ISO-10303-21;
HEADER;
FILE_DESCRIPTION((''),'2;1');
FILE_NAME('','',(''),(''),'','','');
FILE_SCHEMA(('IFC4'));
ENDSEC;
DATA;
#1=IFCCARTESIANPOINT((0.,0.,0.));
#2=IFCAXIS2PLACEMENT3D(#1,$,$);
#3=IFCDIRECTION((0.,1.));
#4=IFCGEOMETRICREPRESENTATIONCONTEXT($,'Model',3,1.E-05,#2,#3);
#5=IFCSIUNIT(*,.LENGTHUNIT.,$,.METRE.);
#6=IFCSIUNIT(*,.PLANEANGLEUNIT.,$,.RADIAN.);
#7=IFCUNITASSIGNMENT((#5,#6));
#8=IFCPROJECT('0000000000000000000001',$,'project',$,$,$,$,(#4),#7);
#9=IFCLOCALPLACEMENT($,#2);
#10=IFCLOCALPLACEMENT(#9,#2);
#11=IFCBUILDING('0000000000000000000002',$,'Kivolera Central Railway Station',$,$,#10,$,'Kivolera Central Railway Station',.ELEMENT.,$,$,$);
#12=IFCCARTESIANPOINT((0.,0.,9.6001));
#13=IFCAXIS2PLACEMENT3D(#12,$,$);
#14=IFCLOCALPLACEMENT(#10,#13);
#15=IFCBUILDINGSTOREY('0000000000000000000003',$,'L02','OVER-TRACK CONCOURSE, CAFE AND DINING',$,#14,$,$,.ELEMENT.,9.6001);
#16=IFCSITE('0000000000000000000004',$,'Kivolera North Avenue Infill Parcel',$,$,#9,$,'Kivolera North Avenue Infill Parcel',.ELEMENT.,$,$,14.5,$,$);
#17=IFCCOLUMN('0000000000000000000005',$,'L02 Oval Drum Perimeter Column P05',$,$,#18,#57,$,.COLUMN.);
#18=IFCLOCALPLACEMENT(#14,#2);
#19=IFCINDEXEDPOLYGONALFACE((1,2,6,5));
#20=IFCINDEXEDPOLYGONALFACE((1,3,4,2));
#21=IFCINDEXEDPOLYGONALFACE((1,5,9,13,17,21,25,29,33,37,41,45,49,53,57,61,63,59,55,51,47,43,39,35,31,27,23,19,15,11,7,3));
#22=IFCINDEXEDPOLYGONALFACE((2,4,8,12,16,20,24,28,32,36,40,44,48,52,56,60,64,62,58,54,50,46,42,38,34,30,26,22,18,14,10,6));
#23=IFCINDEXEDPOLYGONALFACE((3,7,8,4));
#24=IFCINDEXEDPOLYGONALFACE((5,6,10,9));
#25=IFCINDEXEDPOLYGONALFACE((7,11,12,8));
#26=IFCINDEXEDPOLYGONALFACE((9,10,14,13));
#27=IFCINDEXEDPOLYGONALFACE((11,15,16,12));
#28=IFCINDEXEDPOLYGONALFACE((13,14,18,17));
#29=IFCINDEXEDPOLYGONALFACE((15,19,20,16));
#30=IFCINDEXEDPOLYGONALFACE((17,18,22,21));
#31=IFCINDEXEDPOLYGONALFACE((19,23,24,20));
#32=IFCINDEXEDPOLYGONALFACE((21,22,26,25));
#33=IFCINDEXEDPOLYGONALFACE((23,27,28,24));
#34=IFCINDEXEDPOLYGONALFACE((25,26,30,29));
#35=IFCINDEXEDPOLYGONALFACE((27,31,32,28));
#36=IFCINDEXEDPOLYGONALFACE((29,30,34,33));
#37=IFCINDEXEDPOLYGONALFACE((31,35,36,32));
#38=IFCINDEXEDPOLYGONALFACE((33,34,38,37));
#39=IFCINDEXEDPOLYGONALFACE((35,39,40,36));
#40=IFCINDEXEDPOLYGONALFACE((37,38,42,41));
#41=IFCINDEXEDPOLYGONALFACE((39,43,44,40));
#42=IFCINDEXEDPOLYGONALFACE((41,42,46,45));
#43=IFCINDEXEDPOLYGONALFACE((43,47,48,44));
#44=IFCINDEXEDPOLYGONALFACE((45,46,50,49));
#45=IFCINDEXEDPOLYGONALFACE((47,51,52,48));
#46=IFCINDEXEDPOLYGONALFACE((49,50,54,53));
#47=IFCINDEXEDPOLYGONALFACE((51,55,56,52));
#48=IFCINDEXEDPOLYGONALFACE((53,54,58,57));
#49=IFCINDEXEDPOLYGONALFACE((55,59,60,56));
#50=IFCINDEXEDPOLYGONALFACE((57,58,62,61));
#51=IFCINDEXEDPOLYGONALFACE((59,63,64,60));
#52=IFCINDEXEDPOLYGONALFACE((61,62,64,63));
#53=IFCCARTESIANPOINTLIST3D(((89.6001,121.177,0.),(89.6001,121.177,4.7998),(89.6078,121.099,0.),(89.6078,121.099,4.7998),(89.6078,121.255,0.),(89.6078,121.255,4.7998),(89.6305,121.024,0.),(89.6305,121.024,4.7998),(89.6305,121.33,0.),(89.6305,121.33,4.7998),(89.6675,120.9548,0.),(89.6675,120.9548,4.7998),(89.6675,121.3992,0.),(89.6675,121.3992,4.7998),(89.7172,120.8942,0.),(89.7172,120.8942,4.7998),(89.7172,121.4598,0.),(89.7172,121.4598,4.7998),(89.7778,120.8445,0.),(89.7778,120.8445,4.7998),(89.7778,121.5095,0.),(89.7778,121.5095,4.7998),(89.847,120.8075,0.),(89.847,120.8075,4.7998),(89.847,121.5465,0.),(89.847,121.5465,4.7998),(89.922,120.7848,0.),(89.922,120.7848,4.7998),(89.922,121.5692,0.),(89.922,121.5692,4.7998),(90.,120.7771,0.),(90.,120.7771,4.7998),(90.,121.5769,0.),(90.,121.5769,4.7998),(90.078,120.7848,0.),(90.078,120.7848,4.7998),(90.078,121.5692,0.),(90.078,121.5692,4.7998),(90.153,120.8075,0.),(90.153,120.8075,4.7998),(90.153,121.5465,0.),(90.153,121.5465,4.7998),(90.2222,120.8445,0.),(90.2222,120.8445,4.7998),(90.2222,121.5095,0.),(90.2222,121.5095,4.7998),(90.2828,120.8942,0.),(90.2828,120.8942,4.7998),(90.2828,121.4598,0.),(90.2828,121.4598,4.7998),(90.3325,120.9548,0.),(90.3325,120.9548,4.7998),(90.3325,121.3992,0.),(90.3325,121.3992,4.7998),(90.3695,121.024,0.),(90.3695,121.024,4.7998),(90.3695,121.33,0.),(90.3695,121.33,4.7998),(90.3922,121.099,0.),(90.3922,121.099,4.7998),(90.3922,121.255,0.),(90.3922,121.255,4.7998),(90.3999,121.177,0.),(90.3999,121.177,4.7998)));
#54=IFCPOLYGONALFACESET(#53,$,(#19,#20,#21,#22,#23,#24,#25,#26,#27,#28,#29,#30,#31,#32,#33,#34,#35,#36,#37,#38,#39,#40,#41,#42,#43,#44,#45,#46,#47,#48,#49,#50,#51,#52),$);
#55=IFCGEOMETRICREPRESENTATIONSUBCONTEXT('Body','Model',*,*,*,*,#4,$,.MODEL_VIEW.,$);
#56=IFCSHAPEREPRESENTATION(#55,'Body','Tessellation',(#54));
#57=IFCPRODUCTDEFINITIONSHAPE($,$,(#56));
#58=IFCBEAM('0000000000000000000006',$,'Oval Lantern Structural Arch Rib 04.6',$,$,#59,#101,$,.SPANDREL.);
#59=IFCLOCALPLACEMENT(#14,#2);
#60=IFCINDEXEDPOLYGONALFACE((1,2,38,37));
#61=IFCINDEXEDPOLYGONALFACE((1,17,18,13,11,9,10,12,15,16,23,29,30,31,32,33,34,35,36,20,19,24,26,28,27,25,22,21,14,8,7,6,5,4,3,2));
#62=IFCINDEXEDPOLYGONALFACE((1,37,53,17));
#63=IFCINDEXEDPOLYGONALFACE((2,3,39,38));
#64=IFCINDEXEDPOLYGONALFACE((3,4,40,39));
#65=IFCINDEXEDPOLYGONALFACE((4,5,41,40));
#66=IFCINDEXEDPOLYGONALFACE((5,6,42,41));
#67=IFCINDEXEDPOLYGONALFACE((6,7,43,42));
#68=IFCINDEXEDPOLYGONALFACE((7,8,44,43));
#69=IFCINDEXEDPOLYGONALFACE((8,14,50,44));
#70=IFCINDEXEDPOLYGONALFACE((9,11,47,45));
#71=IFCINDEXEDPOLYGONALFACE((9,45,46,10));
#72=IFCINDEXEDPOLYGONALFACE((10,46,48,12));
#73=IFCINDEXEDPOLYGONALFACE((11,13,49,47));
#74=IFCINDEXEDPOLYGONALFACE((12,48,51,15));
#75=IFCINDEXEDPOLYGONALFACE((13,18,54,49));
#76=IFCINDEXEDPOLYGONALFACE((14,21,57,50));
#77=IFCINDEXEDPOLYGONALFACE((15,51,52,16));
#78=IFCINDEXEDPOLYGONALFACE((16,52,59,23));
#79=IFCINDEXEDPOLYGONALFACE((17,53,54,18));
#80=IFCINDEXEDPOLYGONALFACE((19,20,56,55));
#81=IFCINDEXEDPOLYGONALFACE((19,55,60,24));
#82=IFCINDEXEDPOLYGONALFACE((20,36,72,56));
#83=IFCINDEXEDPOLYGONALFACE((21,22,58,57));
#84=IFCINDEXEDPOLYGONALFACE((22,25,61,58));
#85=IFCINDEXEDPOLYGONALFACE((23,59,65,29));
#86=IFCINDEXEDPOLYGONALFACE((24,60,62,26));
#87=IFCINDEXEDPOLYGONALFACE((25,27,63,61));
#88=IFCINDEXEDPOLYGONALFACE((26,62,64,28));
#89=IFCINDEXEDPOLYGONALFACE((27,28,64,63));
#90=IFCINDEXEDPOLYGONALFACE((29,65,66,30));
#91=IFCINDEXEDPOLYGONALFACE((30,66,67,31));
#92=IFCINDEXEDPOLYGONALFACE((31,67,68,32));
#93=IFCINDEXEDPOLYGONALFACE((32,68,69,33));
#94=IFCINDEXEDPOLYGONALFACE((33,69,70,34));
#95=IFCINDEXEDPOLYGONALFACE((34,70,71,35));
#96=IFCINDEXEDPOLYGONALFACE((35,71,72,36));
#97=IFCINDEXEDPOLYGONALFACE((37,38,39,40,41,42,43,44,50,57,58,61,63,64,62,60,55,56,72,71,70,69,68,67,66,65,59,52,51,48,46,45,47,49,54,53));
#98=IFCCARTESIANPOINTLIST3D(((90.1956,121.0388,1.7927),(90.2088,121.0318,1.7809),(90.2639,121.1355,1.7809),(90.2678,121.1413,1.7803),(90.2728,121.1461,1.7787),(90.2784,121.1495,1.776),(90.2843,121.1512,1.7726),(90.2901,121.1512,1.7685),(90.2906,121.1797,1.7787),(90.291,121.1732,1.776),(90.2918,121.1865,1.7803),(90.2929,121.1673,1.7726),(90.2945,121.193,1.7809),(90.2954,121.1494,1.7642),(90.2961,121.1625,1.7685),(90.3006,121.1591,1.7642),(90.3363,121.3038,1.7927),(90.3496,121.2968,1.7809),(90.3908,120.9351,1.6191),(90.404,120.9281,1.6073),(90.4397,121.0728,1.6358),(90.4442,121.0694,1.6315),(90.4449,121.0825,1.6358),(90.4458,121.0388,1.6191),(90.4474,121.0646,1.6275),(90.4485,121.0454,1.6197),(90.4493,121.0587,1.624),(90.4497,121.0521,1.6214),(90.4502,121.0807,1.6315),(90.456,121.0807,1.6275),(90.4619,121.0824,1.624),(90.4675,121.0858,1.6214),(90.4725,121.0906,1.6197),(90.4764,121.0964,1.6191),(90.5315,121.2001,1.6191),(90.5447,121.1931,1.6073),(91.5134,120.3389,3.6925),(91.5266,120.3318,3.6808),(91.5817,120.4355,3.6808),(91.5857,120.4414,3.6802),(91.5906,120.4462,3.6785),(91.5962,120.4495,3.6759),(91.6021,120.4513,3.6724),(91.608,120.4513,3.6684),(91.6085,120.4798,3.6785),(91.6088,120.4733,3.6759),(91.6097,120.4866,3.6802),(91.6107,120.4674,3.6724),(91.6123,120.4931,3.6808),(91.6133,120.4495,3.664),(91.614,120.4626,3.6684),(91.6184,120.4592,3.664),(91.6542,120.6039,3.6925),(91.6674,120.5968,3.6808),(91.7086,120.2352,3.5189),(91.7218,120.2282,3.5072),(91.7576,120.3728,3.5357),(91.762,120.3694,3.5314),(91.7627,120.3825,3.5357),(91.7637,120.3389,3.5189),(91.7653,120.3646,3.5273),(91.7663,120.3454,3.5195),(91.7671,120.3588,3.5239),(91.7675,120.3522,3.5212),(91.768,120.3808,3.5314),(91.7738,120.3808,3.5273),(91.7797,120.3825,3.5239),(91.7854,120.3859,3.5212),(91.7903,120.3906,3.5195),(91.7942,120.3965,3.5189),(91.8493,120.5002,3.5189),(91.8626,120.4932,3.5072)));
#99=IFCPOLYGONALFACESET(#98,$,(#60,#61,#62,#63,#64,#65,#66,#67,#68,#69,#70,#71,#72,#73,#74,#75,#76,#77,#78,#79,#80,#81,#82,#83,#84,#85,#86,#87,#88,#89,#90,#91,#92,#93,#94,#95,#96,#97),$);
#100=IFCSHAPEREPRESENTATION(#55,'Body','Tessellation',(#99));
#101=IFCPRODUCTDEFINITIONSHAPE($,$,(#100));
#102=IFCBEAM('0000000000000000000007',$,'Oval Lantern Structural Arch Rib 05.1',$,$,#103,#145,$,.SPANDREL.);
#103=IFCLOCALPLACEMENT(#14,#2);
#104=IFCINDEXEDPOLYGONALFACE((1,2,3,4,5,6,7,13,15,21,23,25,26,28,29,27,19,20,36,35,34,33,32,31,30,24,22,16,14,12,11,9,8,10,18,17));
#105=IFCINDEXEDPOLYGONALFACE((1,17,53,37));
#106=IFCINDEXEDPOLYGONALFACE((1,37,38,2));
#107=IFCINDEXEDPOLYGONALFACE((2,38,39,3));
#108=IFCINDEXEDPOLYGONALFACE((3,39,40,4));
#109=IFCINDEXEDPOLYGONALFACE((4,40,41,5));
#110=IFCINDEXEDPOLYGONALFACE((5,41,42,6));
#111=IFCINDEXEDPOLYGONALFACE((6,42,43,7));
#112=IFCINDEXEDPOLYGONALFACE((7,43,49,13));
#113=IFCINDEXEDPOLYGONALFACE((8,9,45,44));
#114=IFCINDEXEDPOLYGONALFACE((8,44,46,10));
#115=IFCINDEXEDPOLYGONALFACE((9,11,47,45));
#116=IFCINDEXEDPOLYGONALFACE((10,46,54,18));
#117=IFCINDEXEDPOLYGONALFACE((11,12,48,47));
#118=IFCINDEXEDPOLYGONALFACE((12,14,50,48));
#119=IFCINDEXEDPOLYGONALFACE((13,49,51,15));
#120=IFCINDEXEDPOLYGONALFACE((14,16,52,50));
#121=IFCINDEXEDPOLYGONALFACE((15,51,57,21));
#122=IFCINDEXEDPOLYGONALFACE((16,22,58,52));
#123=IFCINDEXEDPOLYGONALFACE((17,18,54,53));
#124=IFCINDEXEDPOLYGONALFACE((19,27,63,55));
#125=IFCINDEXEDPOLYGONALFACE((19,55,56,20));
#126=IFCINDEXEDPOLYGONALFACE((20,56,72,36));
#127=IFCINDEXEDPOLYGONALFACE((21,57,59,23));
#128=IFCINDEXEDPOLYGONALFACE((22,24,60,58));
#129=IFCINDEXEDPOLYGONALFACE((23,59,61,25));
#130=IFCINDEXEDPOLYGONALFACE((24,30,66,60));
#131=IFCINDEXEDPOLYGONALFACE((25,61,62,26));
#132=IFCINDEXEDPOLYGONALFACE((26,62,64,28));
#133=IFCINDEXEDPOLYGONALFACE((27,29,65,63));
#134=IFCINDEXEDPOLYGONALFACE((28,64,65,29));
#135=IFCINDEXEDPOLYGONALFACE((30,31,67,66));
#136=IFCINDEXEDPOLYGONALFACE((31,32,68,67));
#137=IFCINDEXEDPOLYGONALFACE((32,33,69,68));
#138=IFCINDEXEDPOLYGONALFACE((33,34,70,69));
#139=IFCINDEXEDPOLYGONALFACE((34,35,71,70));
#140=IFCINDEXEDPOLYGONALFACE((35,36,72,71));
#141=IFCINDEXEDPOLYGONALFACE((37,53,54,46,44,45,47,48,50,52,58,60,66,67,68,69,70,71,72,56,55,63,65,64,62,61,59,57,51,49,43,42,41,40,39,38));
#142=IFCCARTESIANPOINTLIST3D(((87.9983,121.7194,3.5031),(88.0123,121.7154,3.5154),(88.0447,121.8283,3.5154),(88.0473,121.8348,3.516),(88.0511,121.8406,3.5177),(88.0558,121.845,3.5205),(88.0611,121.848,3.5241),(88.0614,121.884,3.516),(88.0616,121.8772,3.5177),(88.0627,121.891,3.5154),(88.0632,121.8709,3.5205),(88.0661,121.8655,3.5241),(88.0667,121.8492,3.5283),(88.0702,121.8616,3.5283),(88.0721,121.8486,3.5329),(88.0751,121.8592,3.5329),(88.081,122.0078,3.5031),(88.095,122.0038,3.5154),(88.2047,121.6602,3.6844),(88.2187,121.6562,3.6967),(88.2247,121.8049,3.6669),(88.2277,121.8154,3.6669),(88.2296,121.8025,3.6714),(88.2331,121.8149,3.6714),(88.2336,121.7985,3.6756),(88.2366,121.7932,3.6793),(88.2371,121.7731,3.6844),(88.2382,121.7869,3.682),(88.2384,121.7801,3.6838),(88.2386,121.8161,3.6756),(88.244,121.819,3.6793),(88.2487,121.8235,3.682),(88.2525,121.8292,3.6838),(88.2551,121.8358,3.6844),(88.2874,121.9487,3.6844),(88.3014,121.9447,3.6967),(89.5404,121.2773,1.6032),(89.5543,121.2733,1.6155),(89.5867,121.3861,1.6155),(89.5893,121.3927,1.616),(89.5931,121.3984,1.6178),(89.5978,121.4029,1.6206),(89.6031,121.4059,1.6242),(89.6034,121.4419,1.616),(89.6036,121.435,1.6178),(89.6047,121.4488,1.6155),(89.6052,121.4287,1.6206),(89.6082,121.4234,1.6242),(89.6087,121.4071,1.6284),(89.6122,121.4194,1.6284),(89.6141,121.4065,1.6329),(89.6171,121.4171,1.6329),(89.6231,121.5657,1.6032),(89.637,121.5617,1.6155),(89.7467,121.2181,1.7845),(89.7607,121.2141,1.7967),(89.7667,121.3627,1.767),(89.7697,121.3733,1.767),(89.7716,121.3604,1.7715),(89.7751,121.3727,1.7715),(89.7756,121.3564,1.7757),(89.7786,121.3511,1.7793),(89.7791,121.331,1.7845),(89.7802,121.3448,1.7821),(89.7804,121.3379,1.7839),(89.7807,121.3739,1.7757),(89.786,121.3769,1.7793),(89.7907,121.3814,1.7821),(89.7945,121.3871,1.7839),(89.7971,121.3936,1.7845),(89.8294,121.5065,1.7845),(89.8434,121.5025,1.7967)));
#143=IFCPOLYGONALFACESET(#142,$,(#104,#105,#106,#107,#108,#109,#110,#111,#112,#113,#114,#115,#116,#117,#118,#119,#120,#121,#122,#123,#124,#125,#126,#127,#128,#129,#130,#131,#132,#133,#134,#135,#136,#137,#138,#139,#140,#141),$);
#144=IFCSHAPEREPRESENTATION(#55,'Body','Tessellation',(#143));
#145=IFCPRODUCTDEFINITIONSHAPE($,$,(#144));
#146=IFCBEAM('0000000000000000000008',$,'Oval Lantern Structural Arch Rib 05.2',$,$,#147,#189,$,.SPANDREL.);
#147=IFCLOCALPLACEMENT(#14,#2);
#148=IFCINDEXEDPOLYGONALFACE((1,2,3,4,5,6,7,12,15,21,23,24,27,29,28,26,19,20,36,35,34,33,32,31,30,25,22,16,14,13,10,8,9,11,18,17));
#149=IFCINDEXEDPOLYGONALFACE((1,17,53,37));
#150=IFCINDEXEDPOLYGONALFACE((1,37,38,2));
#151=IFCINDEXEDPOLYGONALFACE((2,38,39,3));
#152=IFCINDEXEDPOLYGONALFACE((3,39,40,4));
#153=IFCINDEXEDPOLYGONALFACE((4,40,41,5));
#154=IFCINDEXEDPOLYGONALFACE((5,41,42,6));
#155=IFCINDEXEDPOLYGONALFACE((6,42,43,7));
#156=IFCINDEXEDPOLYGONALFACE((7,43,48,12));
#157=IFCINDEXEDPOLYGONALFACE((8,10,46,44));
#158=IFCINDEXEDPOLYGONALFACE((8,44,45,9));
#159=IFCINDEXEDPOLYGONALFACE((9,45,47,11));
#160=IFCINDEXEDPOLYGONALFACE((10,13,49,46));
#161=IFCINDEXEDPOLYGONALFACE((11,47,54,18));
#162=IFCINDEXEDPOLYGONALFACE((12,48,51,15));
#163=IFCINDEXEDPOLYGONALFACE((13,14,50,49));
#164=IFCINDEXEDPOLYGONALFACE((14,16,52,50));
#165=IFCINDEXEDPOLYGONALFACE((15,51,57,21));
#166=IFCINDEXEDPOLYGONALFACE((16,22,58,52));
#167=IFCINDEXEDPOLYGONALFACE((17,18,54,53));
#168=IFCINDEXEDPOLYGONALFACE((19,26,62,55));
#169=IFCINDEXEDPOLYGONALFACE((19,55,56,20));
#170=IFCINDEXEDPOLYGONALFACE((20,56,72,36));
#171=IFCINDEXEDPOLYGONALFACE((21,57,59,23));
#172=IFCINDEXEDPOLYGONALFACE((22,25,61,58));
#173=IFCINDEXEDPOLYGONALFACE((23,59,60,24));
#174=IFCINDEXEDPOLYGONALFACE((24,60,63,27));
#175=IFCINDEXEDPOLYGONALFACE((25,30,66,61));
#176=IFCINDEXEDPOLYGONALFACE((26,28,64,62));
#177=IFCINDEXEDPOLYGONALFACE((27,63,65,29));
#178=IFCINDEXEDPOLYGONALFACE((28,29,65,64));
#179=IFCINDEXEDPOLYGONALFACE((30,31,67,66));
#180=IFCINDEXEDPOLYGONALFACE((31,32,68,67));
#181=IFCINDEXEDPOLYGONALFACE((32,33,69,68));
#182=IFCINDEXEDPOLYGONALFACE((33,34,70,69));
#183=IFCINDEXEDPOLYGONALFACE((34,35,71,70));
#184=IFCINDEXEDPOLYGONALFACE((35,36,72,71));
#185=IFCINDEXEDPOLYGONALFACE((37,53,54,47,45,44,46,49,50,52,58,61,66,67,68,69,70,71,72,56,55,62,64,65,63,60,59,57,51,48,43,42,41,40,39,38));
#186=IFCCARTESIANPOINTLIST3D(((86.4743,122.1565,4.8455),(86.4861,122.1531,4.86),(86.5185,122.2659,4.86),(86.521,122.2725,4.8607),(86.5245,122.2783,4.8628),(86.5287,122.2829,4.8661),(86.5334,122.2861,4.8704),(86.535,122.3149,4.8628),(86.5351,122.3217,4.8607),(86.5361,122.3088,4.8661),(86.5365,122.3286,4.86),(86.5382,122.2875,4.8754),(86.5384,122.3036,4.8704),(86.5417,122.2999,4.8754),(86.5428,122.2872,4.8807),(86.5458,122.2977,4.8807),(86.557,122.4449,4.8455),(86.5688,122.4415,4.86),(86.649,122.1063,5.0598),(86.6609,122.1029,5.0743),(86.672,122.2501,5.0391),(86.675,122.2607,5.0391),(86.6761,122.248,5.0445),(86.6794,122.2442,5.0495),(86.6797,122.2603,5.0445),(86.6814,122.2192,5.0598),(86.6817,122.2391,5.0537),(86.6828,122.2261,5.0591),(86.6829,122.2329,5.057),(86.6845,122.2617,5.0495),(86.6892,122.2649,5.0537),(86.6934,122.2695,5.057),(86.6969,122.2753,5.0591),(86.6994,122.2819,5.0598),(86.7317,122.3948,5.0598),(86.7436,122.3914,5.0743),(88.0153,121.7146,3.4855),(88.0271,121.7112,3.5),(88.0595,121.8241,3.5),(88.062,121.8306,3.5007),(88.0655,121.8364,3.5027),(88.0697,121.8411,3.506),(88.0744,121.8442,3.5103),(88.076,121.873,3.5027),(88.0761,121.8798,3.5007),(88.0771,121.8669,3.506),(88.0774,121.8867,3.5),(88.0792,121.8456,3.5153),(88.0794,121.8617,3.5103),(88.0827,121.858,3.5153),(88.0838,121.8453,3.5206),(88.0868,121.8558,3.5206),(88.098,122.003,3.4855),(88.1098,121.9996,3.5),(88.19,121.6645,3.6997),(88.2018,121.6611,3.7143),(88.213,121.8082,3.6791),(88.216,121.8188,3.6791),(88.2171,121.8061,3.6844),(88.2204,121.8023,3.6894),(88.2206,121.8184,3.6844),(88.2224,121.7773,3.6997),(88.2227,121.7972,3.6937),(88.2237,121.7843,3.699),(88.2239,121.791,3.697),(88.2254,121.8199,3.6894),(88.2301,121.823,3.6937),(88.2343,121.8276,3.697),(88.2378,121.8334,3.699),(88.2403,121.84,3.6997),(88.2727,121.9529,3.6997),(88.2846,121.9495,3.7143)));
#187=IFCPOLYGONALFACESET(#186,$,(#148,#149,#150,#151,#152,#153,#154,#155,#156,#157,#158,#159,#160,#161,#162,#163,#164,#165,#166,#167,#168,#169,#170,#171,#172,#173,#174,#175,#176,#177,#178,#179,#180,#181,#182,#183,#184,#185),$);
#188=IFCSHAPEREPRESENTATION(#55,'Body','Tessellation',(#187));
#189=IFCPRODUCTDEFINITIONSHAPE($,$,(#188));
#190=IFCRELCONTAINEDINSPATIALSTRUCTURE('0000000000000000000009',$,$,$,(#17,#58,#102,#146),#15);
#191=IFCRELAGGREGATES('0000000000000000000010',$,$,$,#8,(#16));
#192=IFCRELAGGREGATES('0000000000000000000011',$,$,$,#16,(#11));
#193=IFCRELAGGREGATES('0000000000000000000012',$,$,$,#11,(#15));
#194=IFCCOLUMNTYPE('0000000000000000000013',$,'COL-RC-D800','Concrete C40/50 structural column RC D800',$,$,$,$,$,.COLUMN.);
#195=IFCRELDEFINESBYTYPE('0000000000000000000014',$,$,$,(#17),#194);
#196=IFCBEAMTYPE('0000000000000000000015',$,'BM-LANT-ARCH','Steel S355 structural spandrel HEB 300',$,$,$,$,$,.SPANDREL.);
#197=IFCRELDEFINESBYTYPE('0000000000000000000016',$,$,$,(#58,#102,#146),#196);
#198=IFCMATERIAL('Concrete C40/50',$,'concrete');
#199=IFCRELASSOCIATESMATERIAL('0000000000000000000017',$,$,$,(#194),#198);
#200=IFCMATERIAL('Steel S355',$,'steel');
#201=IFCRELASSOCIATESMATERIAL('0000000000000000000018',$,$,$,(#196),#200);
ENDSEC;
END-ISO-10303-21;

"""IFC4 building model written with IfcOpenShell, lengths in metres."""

from ifc_helpers import new_model, si_unit, direction, frame, origin, origin_2d, place, context, subcontext, project, spatial, circle, i_section, extrude, material, material_profile, profile_set, type_object, element, save


model = new_model("IFC4")

# Units and contexts
model_context = context("Model", 3, precision=1e-05, world=origin(), true_north=direction((0.0, 1.0)))
body_context = subcontext(model_context, "Body", "Model", "MODEL_VIEW")
ifc_project = project(units=[si_unit("LENGTHUNIT", "METRE"), si_unit("PLANEANGLEUNIT", "RADIAN")], contexts=[model_context])

# Site, building, storey
site_placement = place(None, origin())
site = spatial("IfcSite", under=ifc_project, at=site_placement, Name="Kivolera North Avenue Infill Parcel", LongName="Kivolera North Avenue Infill Parcel", CompositionType="ELEMENT", RefElevation=14.5)
building_placement = place(site_placement, origin())
building = spatial("IfcBuilding", under=site, at=building_placement, Name="Kivolera Central Railway Station", LongName="Kivolera Central Railway Station", CompositionType="ELEMENT")
storey_placement = place(building_placement, frame((0.0, 0.0, 9.6001)))
storey = spatial("IfcBuildingStorey", under=building, at=storey_placement, Name="L02", Description="OVER-TRACK CONCOURSE, CAFE AND DINING", CompositionType="ELEMENT", Elevation=9.6001)

# Column
ifc_material_1 = material(Name="Concrete C40/50", Category="concrete")
ifc_material_profile_1 = material_profile(ifc_material_1, circle(Radius=0.3999, at=origin_2d()), Name="RC D800")
ifc_profile_set_1 = profile_set([ifc_material_profile_1], Name="Concrete C40/50")
column_type = type_object("IfcColumnType", Name="COL-RC-D800", Description="Concrete C40/50 structural column RC D800", PredefinedType="COLUMN", material=ifc_profile_set_1)
column_placement = place(storey_placement, frame((90.0, 121.177, 0.0), z_axis=(0.0, 0.0, 1.0), x_axis=(1.0, 0.0, 0.0)))
element("IfcColumn", 1, at=column_placement, inside=storey, type_object=column_type, Name="L02 Oval Drum Perimeter Column P05", PredefinedType="COLUMN", context=body_context, shape_type="SweptSolid", body=[
    extrude(circle(Radius=0.3999, at=origin_2d()), origin(), (0.0, 0.0, 1.0), 4.7998),
])

# Beams
ifc_material_2 = material(Name="Steel S355", Category="steel")
ifc_material_profile_2 = material_profile(ifc_material_2, i_section(OverallWidth=0.3, OverallDepth=0.3, WebThickness=0.011, FlangeThickness=0.019, FilletRadius=0.0271, at=origin_2d()), Name="HEB 300")
ifc_profile_set_2 = profile_set([ifc_material_profile_2], Name="Steel S355")
beam_type = type_object("IfcBeamType", Name="BM-LANT-ARCH", Description="Steel S355 structural spandrel HEB 300", PredefinedType="SPANDREL", material=ifc_profile_set_2)
beam_1_placement = place(storey_placement, frame((91.688, 120.416, 3.5999), z_axis=(-0.54551, 0.289733, -0.786431), x_axis=(-0.469068, -0.883162, 0.0)))
element("IfcBeam", 2, at=beam_1_placement, inside=storey, type_object=beam_type, Name="Oval Lantern Structural Arch Rib 04.6", PredefinedType="SPANDREL", context=body_context, shape_type="SweptSolid", body=[
    extrude(i_section(OverallWidth=0.3, OverallDepth=0.3, WebThickness=0.011, FlangeThickness=0.019, FilletRadius=0.0271, at=origin_2d()), origin(), (0.0, 0.0, 1.0), 2.4158),
])
beam_2_placement = place(storey_placement, frame((89.6919, 121.3899, 1.7), z_axis=(-0.620137, 0.177813, 0.764076), x_axis=(-0.275626, -0.961265, 0.0)))
element("IfcBeam", 3, at=beam_2_placement, inside=storey, type_object=beam_type, Name="Oval Lantern Structural Arch Rib 05.1", PredefinedType="SPANDREL", context=body_context, shape_type="SweptSolid", body=[
    extrude(i_section(OverallWidth=0.3, OverallDepth=0.3, WebThickness=0.011, FlangeThickness=0.019, FilletRadius=0.0271, at=origin_2d()), origin(), (0.0, 0.0, 1.0), 2.4866),
])
beam_3_placement = place(storey_placement, frame((88.1499, 121.832, 3.5999), z_axis=(-0.732995, 0.21019, 0.646945), x_axis=(-0.275646, -0.961259, 0.0)))
element("IfcBeam", 4, at=beam_3_placement, inside=storey, type_object=beam_type, Name="Oval Lantern Structural Arch Rib 05.2", PredefinedType="SPANDREL", context=body_context, shape_type="SweptSolid", body=[
    extrude(i_section(OverallWidth=0.3, OverallDepth=0.3, WebThickness=0.011, FlangeThickness=0.019, FilletRadius=0.0271, at=origin_2d()), origin(), (0.0, 0.0, 1.0), 2.1023),
])

save(model, "model.ifc")
